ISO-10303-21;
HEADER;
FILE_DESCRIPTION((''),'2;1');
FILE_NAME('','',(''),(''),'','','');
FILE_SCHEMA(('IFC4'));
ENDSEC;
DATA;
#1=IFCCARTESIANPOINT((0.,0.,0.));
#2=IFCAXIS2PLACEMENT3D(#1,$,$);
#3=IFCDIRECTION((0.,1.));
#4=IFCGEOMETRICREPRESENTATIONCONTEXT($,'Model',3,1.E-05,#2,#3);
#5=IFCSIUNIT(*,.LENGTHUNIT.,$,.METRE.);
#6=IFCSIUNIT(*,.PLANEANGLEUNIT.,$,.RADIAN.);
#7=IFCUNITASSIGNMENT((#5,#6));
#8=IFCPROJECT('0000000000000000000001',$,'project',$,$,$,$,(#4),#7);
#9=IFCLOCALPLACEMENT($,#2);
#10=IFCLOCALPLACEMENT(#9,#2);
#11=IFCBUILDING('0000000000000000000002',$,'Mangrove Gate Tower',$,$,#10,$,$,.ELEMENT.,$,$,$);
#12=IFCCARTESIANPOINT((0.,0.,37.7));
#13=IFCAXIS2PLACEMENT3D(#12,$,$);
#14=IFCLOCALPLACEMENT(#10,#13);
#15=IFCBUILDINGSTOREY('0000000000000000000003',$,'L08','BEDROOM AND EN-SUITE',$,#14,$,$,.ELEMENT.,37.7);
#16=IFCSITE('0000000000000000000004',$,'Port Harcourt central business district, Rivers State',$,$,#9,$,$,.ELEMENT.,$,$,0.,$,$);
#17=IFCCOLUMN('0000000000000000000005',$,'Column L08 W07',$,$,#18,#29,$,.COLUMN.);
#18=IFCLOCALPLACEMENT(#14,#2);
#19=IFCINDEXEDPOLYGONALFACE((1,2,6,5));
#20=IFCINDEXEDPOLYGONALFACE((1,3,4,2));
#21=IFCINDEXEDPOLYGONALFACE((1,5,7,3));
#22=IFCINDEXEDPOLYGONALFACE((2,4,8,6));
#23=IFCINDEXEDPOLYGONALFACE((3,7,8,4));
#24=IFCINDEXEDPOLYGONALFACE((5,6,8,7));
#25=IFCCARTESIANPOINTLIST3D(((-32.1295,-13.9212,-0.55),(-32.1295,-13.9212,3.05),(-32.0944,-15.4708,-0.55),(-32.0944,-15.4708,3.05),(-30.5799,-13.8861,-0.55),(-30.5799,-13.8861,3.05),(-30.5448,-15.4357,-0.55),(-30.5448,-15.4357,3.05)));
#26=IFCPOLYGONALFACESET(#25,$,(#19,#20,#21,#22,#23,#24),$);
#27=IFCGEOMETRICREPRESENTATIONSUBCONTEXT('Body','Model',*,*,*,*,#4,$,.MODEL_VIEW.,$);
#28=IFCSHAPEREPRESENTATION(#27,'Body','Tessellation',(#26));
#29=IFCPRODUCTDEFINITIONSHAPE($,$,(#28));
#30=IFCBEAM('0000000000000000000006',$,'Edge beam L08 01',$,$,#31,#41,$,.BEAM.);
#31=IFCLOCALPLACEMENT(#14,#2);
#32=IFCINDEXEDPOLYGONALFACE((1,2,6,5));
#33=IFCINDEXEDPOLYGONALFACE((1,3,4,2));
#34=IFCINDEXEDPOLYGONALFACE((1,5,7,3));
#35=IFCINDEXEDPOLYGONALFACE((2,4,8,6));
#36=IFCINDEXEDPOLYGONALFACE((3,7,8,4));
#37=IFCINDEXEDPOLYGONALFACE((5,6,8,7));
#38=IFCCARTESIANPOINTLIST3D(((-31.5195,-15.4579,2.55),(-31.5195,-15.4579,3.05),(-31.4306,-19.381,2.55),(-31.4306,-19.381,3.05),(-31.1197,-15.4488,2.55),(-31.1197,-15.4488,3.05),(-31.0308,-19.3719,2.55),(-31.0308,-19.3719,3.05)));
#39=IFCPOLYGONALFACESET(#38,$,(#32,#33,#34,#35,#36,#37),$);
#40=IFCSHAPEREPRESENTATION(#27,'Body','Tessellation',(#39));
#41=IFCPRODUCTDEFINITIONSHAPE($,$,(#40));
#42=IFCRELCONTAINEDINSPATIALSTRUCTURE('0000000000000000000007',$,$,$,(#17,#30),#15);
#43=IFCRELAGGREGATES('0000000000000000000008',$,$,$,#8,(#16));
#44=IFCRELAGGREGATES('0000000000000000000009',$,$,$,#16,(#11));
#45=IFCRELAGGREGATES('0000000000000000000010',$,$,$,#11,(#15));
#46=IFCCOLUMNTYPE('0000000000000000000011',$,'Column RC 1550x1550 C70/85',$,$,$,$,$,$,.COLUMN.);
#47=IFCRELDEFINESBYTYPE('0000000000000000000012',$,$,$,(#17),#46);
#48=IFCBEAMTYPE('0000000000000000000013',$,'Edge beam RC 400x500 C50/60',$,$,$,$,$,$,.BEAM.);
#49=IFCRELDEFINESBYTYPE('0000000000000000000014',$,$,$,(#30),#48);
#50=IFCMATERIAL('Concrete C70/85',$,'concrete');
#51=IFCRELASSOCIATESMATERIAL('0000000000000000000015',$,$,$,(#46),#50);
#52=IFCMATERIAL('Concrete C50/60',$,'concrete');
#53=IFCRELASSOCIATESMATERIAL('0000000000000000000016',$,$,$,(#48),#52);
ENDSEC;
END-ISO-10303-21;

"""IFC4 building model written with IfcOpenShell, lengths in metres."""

from ifc_helpers import new_model, si_unit, direction, frame, origin, origin_2d, place, context, subcontext, project, spatial, rectangle, extrude, material, material_profile, profile_set, type_object, element, save


model = new_model("IFC4")

# Units and contexts
model_context = context("Model", 3, precision=1e-05, world=origin(), true_north=direction((0.0, 1.0)))
body_context = subcontext(model_context, "Body", "Model", "MODEL_VIEW")
ifc_project = project(units=[si_unit("LENGTHUNIT", "METRE"), si_unit("PLANEANGLEUNIT", "RADIAN")], contexts=[model_context])

# Site, building, storey
site_placement = place(None, origin())
site = spatial("IfcSite", under=ifc_project, at=site_placement, Name="Port Harcourt central business district, Rivers State", CompositionType="ELEMENT", RefElevation=0.0)
building_placement = place(site_placement, origin())
building = spatial("IfcBuilding", under=site, at=building_placement, Name="Mangrove Gate Tower", CompositionType="ELEMENT")
storey_placement = place(building_placement, frame((0.0, 0.0, 37.7)))
storey = spatial("IfcBuildingStorey", under=building, at=storey_placement, Name="L08", Description="BEDROOM AND EN-SUITE", CompositionType="ELEMENT", Elevation=37.7)

# Column
ifc_material_1 = material(Name="Concrete C70/85", Category="concrete")
ifc_material_profile_1 = material_profile(ifc_material_1, rectangle(XDim=1.55, YDim=1.55, at=origin_2d()))
ifc_profile_set_1 = profile_set([ifc_material_profile_1], Name="Concrete C70/85")
column_type = type_object("IfcColumnType", Name="Column RC 1550x1550 C70/85", PredefinedType="COLUMN", material=ifc_profile_set_1)
column_placement = place(storey_placement, frame((-31.3372, -14.6785, -0.55), z_axis=(0.0, 0.0, 1.0), x_axis=(0.022649, -0.999743, 0.0)))
element("IfcColumn", 1, at=column_placement, inside=storey, type_object=column_type, Name="Column L08 W07", PredefinedType="COLUMN", context=body_context, shape_type="SweptSolid", body=[
    extrude(rectangle(XDim=1.55, YDim=1.55, at=origin_2d()), origin(), (0.0, 0.0, 1.0), 3.6001),
])

# Beam
ifc_material_2 = material(Name="Concrete C50/60", Category="concrete")
ifc_material_profile_2 = material_profile(ifc_material_2, rectangle(XDim=0.3999, YDim=0.5, at=origin_2d()))
ifc_profile_set_2 = profile_set([ifc_material_profile_2], Name="Concrete C50/60")
beam_type = type_object("IfcBeamType", Name="Edge beam RC 400x500 C50/60", PredefinedType="BEAM", material=ifc_profile_set_2)
beam_placement = place(storey_placement, frame((-31.3196, -15.4534, 2.8), z_axis=(0.022647, -0.999744, 0.0), x_axis=(0.999744, 0.022647, 0.0)))
element("IfcBeam", 2, at=beam_placement, inside=storey, type_object=beam_type, Name="Edge beam L08 01", PredefinedType="BEAM", context=body_context, shape_type="SweptSolid", body=[
    extrude(rectangle(XDim=0.3999, YDim=0.5, at=origin_2d()), origin(), (0.0, 0.0, 1.0), 3.9241),
])

save(model, "model.ifc")
